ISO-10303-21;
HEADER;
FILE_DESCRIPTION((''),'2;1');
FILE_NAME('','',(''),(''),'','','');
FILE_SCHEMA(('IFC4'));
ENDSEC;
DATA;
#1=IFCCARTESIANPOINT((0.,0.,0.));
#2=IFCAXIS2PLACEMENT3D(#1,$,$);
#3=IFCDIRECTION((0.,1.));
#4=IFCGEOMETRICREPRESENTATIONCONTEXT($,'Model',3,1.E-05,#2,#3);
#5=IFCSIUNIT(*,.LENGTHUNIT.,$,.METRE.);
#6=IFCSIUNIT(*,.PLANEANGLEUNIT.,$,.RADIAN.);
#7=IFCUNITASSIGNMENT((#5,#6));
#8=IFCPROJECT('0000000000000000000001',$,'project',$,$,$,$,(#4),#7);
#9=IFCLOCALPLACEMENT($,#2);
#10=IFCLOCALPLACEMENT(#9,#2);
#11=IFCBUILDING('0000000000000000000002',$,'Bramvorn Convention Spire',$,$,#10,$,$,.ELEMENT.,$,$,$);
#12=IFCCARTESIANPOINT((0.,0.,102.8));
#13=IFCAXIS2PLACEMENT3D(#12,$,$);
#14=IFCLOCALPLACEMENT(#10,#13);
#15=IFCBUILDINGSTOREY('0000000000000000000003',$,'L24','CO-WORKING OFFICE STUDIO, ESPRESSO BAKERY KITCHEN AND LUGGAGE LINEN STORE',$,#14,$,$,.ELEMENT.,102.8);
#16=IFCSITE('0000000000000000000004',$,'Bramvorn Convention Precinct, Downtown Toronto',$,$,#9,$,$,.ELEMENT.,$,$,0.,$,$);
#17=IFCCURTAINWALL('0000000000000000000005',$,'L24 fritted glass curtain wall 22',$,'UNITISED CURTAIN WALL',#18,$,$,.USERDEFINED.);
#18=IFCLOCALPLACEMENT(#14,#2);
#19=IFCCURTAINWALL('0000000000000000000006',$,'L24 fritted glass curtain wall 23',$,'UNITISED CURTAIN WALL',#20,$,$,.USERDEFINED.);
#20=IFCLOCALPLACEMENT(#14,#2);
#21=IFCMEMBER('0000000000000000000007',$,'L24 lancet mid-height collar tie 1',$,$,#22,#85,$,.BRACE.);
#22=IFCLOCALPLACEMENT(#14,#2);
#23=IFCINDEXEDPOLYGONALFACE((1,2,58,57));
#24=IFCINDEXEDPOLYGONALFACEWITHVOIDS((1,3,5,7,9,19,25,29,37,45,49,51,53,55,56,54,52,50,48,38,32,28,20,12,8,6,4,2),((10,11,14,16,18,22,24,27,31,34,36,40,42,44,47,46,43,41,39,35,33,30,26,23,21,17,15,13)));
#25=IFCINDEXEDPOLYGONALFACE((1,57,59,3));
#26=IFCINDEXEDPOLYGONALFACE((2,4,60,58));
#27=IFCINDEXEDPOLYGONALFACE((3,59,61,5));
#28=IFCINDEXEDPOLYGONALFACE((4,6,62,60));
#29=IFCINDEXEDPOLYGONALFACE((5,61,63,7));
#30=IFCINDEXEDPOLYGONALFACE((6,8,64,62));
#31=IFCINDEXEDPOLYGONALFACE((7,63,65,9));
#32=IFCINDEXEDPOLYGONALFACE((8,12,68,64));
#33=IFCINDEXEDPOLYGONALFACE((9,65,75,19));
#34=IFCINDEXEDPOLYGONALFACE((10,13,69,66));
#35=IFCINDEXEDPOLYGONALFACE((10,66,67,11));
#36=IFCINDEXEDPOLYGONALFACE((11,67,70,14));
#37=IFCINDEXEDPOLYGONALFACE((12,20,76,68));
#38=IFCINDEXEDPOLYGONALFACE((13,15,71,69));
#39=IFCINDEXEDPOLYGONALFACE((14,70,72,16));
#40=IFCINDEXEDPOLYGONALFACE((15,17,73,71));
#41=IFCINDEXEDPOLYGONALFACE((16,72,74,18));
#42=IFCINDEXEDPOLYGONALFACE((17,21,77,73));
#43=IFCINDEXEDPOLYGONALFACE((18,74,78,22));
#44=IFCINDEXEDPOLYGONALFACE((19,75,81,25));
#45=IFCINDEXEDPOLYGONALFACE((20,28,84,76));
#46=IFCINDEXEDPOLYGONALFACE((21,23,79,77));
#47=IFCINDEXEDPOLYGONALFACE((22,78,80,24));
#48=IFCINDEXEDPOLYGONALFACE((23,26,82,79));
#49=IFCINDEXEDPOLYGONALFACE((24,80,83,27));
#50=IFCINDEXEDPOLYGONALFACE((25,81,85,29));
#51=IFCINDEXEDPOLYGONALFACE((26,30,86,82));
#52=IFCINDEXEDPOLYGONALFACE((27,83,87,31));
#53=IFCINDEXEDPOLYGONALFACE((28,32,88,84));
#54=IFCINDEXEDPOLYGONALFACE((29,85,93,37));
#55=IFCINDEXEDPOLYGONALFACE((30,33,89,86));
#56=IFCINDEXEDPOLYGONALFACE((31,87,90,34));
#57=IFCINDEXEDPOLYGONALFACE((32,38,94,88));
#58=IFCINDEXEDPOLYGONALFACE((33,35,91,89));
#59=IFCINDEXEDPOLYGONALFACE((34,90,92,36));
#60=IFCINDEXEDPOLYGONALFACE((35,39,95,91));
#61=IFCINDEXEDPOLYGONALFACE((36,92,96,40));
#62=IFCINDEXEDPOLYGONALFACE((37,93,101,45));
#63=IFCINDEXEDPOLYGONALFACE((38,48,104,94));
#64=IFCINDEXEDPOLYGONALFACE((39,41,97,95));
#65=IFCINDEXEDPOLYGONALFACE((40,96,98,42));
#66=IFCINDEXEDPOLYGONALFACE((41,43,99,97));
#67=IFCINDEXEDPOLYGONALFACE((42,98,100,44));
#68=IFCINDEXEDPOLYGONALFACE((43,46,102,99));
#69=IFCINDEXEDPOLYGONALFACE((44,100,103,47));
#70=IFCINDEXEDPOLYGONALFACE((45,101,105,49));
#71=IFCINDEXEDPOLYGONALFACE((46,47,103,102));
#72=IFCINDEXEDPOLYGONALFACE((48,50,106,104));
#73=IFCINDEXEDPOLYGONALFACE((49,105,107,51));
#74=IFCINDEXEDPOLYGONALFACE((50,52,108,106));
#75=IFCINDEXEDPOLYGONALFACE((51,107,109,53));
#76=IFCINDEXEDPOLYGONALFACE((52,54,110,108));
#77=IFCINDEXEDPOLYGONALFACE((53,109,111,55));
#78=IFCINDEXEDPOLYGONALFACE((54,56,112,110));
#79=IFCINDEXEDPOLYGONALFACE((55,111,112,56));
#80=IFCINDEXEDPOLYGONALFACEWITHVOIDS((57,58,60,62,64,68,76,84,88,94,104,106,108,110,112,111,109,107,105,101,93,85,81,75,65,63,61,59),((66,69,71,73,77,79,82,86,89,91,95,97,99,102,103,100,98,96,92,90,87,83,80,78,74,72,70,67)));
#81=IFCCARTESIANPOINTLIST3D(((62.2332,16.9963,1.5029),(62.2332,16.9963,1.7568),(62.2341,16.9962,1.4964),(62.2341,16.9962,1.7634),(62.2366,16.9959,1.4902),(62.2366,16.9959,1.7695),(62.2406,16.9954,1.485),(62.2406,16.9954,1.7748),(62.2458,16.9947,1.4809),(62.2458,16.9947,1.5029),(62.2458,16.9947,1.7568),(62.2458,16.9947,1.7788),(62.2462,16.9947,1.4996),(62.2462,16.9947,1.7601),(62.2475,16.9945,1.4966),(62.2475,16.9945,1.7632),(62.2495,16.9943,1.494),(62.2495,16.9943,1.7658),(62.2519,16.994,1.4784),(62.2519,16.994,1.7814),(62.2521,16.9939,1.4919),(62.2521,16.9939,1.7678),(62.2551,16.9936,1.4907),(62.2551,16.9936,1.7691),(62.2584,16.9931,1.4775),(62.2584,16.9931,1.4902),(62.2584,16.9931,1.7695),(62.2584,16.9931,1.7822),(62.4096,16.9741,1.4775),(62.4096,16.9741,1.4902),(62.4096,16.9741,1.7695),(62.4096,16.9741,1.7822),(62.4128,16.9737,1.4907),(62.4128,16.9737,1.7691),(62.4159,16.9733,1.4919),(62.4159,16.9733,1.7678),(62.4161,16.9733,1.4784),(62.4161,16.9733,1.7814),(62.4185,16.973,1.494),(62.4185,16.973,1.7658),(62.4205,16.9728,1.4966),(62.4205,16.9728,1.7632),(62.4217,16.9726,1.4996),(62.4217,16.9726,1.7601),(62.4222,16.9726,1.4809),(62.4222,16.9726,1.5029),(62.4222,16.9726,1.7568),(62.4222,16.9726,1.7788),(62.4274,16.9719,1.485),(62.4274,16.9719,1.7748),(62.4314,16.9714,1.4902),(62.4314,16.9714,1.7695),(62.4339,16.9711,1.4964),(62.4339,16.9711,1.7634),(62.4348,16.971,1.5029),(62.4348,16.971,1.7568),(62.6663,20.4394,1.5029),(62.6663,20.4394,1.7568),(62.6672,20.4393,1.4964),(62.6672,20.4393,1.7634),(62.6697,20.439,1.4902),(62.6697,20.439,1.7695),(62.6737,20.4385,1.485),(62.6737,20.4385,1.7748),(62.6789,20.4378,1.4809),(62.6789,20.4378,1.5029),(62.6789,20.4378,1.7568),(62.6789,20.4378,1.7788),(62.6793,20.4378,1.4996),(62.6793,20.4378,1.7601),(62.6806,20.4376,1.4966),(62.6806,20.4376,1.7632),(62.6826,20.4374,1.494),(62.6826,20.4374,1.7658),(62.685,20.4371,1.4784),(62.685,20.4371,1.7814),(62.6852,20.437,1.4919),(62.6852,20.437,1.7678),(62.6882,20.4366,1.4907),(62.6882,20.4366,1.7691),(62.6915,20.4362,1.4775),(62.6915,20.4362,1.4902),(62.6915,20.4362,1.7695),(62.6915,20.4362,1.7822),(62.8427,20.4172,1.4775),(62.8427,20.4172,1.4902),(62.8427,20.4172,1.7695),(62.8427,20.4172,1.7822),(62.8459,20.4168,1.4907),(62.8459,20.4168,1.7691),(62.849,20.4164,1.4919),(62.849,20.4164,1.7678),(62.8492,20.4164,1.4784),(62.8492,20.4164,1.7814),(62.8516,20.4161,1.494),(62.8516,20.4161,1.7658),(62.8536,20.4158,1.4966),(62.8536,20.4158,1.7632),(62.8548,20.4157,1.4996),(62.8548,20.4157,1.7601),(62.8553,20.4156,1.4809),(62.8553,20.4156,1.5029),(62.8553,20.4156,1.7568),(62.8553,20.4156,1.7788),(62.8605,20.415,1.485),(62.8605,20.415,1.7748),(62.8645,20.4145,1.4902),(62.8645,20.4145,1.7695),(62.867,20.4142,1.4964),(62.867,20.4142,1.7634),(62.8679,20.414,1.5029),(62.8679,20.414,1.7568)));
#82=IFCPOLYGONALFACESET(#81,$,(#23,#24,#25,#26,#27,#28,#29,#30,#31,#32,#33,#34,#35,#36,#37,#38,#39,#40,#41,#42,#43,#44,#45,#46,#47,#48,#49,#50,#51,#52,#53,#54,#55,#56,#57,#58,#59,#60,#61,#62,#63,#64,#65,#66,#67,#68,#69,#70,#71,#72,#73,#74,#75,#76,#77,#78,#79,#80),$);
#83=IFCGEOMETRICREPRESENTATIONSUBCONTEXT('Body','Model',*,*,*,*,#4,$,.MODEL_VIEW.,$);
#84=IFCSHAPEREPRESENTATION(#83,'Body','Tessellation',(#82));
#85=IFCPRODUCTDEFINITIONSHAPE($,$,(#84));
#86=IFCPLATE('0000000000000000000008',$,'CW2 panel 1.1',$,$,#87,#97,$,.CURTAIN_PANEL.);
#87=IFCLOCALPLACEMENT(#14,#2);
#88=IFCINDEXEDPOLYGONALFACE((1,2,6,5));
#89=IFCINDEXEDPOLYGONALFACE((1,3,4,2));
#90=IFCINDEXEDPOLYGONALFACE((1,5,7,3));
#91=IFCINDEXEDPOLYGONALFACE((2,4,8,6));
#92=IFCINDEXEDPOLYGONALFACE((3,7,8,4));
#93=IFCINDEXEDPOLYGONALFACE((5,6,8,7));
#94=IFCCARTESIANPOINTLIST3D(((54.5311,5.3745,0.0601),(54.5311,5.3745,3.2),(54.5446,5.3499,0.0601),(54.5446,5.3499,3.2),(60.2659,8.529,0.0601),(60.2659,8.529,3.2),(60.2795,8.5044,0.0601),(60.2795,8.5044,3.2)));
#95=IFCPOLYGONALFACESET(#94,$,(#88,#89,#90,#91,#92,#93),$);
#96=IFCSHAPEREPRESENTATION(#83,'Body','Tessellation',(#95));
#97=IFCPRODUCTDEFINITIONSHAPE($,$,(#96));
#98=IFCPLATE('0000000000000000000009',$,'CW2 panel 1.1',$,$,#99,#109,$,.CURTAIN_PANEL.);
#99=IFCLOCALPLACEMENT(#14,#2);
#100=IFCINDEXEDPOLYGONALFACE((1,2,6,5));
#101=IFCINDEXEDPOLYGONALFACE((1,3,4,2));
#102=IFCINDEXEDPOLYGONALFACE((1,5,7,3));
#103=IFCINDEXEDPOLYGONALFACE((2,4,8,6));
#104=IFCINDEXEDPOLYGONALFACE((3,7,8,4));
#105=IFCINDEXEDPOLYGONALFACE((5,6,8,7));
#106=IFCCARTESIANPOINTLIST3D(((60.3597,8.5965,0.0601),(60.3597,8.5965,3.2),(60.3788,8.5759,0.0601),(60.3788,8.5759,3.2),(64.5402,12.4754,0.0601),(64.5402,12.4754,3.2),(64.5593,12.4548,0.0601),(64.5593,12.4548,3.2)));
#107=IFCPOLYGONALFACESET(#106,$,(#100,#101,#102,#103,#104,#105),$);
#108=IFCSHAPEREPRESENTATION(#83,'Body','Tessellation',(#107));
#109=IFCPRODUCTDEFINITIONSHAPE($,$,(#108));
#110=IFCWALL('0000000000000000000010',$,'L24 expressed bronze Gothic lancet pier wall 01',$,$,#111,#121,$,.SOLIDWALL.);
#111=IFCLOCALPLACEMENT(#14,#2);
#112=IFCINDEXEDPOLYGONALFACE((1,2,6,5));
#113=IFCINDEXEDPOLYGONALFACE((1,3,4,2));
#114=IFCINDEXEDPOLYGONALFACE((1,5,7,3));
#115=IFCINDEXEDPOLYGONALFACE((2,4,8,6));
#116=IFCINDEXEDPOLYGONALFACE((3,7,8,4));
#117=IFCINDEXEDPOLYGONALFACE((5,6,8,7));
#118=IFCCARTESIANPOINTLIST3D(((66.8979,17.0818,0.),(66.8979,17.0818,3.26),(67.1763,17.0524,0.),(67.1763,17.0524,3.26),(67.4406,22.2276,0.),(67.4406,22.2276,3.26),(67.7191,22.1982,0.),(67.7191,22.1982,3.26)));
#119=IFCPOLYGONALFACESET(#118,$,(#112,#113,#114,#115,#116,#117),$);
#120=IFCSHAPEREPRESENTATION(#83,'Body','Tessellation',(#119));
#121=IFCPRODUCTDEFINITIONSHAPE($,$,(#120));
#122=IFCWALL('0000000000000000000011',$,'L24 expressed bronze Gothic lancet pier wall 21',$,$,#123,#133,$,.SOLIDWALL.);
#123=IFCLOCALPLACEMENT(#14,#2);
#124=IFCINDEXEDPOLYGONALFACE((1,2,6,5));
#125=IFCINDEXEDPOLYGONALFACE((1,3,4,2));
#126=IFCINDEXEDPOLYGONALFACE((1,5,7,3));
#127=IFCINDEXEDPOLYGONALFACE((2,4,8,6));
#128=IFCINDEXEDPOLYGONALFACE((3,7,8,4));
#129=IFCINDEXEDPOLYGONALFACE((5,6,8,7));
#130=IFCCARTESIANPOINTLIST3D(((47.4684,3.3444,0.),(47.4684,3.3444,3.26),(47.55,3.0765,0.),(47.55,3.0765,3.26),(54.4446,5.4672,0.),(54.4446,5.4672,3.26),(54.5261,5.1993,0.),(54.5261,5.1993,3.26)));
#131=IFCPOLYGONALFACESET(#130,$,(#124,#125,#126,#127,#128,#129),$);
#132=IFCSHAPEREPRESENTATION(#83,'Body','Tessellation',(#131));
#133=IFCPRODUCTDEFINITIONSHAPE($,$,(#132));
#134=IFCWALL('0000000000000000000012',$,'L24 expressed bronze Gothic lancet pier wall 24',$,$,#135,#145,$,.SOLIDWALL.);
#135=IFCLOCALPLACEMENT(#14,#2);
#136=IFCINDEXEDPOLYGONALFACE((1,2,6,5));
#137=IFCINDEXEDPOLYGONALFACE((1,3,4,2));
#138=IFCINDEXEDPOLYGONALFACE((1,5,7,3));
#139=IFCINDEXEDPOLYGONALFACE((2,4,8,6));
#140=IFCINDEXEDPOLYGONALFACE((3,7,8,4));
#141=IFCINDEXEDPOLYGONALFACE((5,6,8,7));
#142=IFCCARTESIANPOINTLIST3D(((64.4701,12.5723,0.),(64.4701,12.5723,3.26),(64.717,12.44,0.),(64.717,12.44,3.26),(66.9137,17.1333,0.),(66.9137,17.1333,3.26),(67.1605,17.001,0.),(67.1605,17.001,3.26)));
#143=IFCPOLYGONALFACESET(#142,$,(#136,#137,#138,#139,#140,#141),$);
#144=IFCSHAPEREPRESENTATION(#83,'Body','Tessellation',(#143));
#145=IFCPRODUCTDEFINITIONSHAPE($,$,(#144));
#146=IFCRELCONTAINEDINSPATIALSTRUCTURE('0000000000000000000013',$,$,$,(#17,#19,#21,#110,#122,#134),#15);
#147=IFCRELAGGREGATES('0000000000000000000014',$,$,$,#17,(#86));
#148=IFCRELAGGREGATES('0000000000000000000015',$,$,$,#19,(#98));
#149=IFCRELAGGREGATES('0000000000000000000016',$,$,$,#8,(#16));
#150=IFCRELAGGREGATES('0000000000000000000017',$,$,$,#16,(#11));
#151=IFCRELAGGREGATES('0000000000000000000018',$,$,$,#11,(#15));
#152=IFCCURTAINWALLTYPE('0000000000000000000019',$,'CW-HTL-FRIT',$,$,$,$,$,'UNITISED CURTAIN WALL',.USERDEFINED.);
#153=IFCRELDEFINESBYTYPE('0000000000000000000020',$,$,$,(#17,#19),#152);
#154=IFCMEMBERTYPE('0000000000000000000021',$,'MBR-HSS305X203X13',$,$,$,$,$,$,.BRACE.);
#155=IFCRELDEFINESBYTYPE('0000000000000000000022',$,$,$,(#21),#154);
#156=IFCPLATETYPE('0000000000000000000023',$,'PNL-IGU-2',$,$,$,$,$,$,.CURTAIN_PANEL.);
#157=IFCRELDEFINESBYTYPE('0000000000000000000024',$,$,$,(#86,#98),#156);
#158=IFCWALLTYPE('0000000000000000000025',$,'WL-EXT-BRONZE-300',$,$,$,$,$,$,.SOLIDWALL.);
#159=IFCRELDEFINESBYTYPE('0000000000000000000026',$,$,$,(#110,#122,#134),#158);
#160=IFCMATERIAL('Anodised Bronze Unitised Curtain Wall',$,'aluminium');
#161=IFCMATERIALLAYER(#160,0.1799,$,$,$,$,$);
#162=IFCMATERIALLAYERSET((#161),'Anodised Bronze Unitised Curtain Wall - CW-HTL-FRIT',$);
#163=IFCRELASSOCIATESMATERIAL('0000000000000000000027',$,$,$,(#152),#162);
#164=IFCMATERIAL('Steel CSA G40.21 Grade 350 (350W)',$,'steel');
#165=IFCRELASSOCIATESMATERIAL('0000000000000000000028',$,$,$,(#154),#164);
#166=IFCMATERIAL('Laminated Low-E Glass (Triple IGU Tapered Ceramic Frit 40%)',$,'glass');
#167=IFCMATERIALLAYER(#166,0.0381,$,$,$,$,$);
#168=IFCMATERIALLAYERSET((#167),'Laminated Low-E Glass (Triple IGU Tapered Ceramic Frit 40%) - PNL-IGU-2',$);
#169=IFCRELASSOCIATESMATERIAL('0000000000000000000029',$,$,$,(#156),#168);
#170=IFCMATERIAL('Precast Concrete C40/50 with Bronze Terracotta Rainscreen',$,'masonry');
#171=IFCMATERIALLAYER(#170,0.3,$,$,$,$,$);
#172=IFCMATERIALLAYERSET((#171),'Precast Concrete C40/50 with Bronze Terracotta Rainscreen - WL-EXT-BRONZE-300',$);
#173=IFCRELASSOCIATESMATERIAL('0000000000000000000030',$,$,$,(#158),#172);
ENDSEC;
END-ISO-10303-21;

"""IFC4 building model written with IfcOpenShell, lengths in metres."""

from ifc_helpers import new_model, si_unit, direction, frame, frame_2d, origin, origin_2d, place, context, subcontext, project, spatial, rectangle, hollow_rectangle, extrude, material, layer, layer_set, material_profile, profile_set, type_object, element, aggregate, save


model = new_model("IFC4")

# Units and contexts
model_context = context("Model", 3, precision=1e-05, world=origin(), true_north=direction((0.0, 1.0)))
body_context = subcontext(model_context, "Body", "Model", "MODEL_VIEW")
ifc_project = project(units=[si_unit("LENGTHUNIT", "METRE"), si_unit("PLANEANGLEUNIT", "RADIAN")], contexts=[model_context])

# Site, building, storey
site_placement = place(None, origin())
site = spatial("IfcSite", under=ifc_project, at=site_placement, Name="Bramvorn Convention Precinct, Downtown Toronto", CompositionType="ELEMENT", RefElevation=0.0)
building_placement = place(site_placement, origin())
building = spatial("IfcBuilding", under=site, at=building_placement, Name="Bramvorn Convention Spire", CompositionType="ELEMENT")
storey_placement = place(building_placement, frame((0.0, 0.0, 102.8)))
storey = spatial("IfcBuildingStorey", under=building, at=storey_placement, Name="L24", Description="CO-WORKING OFFICE STUDIO, ESPRESSO BAKERY KITCHEN AND LUGGAGE LINEN STORE", CompositionType="ELEMENT", Elevation=102.8)

# Shared definitions
ifc_material_1 = material(Name="Steel CSA G40.21 Grade 350 (350W)", Category="steel")

# Curtain walls
ifc_material_2 = material(Name="Anodised Bronze Unitised Curtain Wall", Category="aluminium")
ifc_layer_1 = layer(ifc_material_2, 0.1799)
ifc_layer_set_1 = layer_set([ifc_layer_1], Name="Anodised Bronze Unitised Curtain Wall - CW-HTL-FRIT")
curtain_wall_type = type_object("IfcCurtainWallType", Name="CW-HTL-FRIT", ElementType="UNITISED CURTAIN WALL", PredefinedType="USERDEFINED", material=ifc_layer_set_1)
curtain_wall_1_placement = place(storey_placement, origin())
curtain_wall_1 = element("IfcCurtainWall", 1, at=curtain_wall_1_placement, inside=storey, type_object=curtain_wall_type, Name="L24 fritted glass curtain wall 22", ObjectType="UNITISED CURTAIN WALL", PredefinedType="USERDEFINED")
curtain_wall_2_placement = place(storey_placement, origin())
curtain_wall_2 = element("IfcCurtainWall", 2, at=curtain_wall_2_placement, inside=storey, type_object=curtain_wall_type, Name="L24 fritted glass curtain wall 23", ObjectType="UNITISED CURTAIN WALL", PredefinedType="USERDEFINED")

# Member
ifc_material_profile_1 = material_profile(ifc_material_1, hollow_rectangle(XDim=0.2031, YDim=0.3047, WallThickness=0.0127, InnerFilletRadius=0.0127, OuterFilletRadius=0.0254, at=origin_2d()))
ifc_profile_set_1 = profile_set([ifc_material_profile_1], Name="Steel CSA G40.21 Grade 350 (350W) - HSS305X203X13")
member_type_1 = type_object("IfcMemberType", Name="MBR-HSS305X203X13", PredefinedType="BRACE", material=ifc_profile_set_1)
member_1_placement = place(storey_placement, frame((62.334, 16.9836, 1.6299), z_axis=(0.124805, 0.992181, 0.0), x_axis=(-0.992181, 0.124805, 0.0)))
element("IfcMember", 3, at=member_1_placement, inside=storey, type_object=member_type_1, Name="L24 lancet mid-height collar tie 1", PredefinedType="BRACE", context=body_context, shape_type="SweptSolid", body=[
    extrude(hollow_rectangle(XDim=0.2031, YDim=0.3047, WallThickness=0.0127, InnerFilletRadius=0.0127, OuterFilletRadius=0.0254, at=origin_2d()), origin(), (0.0, 0.0, 1.0), 3.4702),
])

# Plates
ifc_material_3 = material(Name="Laminated Low-E Glass (Triple IGU Tapered Ceramic Frit 40%)", Category="glass")
ifc_layer_2 = layer(ifc_material_3, 0.0381)
ifc_layer_set_2 = layer_set([ifc_layer_2], Name="Laminated Low-E Glass (Triple IGU Tapered Ceramic Frit 40%) - PNL-IGU-2")
plate_type = type_object("IfcPlateType", Name="PNL-IGU-2", PredefinedType="CURTAIN_PANEL", material=ifc_layer_set_2)
plate_1_placement = place(storey_placement, frame((57.4053, 6.9395, 0.0601), z_axis=(0.0, 0.0, 1.0), x_axis=(-0.876193, -0.48196, 0.0)))
plate_1 = element("IfcPlate", 4, at=plate_1_placement, type_object=plate_type, Name="CW2 panel 1.1", PredefinedType="CURTAIN_PANEL", context=body_context, shape_type="SweptSolid", body=[
    extrude(rectangle(XDim=6.5452, YDim=0.0281, at=origin_2d()), origin(), (0.0, 0.0, 1.0), 3.1399),
])
aggregate(curtain_wall_1, [plate_1])
plate_2_placement = place(storey_placement, frame((62.4595, 10.5256, 0.0601), z_axis=(0.0, 0.0, 1.0), x_axis=(-0.733052, -0.680173, 0.0)))
plate_2 = element("IfcPlate", 5, at=plate_2_placement, type_object=plate_type, Name="CW2 panel 1.1", PredefinedType="CURTAIN_PANEL", context=body_context, shape_type="SweptSolid", body=[
    extrude(rectangle(XDim=5.7029, YDim=0.0281, at=origin_2d()), origin(), (0.0, 0.0, 1.0), 3.1399),
])
aggregate(curtain_wall_2, [plate_2])

# Walls
ifc_material_4 = material(Name="Precast Concrete C40/50 with Bronze Terracotta Rainscreen", Category="masonry")
ifc_layer_3 = layer(ifc_material_4, 0.3)
ifc_layer_set_3 = layer_set([ifc_layer_3], Name="Precast Concrete C40/50 with Bronze Terracotta Rainscreen - WL-EXT-BRONZE-300")
wall_type = type_object("IfcWallType", Name="WL-EXT-BRONZE-300", PredefinedType="SOLIDWALL", material=ifc_layer_set_3)
wall_1_placement = place(storey_placement, frame((67.5798, 22.2129, 0.0), z_axis=(0.0, 0.0, 1.0), x_axis=(-0.104889, -0.994484, 0.0)))
element("IfcWall", 6, at=wall_1_placement, inside=storey, type_object=wall_type, Name="L24 expressed bronze Gothic lancet pier wall 01", PredefinedType="SOLIDWALL", context=body_context, shape_type="SweptSolid", body=[
    extrude(rectangle(XDim=5.1743, YDim=0.28, at=frame_2d((2.5872, 0.0))), origin(), (0.0, 0.0, 1.0), 3.26),
])
wall_2_placement = place(storey_placement, frame((54.4854, 5.3333, 0.0), z_axis=(0.0, 0.0, 1.0), x_axis=(-0.956687, -0.291118, 0.0)))
element("IfcWall", 7, at=wall_2_placement, inside=storey, type_object=wall_type, Name="L24 expressed bronze Gothic lancet pier wall 21", PredefinedType="SOLIDWALL", context=body_context, shape_type="SweptSolid", body=[
    extrude(rectangle(XDim=7.292, YDim=0.28, at=frame_2d((3.646, 0.0))), origin(), (0.0, 0.0, 1.0), 3.26),
])
wall_3_placement = place(storey_placement, frame((67.0371, 17.0671, 0.0), z_axis=(0.0, 0.0, 1.0), x_axis=(-0.47225, -0.881465, 0.0)))
element("IfcWall", 8, at=wall_3_placement, inside=storey, type_object=wall_type, Name="L24 expressed bronze Gothic lancet pier wall 24", PredefinedType="SOLIDWALL", context=body_context, shape_type="SweptSolid", body=[
    extrude(rectangle(XDim=5.1743, YDim=0.28, at=frame_2d((2.5872, 0.0))), origin(), (0.0, 0.0, 1.0), 3.26),
])

save(model, "model.ifc")
